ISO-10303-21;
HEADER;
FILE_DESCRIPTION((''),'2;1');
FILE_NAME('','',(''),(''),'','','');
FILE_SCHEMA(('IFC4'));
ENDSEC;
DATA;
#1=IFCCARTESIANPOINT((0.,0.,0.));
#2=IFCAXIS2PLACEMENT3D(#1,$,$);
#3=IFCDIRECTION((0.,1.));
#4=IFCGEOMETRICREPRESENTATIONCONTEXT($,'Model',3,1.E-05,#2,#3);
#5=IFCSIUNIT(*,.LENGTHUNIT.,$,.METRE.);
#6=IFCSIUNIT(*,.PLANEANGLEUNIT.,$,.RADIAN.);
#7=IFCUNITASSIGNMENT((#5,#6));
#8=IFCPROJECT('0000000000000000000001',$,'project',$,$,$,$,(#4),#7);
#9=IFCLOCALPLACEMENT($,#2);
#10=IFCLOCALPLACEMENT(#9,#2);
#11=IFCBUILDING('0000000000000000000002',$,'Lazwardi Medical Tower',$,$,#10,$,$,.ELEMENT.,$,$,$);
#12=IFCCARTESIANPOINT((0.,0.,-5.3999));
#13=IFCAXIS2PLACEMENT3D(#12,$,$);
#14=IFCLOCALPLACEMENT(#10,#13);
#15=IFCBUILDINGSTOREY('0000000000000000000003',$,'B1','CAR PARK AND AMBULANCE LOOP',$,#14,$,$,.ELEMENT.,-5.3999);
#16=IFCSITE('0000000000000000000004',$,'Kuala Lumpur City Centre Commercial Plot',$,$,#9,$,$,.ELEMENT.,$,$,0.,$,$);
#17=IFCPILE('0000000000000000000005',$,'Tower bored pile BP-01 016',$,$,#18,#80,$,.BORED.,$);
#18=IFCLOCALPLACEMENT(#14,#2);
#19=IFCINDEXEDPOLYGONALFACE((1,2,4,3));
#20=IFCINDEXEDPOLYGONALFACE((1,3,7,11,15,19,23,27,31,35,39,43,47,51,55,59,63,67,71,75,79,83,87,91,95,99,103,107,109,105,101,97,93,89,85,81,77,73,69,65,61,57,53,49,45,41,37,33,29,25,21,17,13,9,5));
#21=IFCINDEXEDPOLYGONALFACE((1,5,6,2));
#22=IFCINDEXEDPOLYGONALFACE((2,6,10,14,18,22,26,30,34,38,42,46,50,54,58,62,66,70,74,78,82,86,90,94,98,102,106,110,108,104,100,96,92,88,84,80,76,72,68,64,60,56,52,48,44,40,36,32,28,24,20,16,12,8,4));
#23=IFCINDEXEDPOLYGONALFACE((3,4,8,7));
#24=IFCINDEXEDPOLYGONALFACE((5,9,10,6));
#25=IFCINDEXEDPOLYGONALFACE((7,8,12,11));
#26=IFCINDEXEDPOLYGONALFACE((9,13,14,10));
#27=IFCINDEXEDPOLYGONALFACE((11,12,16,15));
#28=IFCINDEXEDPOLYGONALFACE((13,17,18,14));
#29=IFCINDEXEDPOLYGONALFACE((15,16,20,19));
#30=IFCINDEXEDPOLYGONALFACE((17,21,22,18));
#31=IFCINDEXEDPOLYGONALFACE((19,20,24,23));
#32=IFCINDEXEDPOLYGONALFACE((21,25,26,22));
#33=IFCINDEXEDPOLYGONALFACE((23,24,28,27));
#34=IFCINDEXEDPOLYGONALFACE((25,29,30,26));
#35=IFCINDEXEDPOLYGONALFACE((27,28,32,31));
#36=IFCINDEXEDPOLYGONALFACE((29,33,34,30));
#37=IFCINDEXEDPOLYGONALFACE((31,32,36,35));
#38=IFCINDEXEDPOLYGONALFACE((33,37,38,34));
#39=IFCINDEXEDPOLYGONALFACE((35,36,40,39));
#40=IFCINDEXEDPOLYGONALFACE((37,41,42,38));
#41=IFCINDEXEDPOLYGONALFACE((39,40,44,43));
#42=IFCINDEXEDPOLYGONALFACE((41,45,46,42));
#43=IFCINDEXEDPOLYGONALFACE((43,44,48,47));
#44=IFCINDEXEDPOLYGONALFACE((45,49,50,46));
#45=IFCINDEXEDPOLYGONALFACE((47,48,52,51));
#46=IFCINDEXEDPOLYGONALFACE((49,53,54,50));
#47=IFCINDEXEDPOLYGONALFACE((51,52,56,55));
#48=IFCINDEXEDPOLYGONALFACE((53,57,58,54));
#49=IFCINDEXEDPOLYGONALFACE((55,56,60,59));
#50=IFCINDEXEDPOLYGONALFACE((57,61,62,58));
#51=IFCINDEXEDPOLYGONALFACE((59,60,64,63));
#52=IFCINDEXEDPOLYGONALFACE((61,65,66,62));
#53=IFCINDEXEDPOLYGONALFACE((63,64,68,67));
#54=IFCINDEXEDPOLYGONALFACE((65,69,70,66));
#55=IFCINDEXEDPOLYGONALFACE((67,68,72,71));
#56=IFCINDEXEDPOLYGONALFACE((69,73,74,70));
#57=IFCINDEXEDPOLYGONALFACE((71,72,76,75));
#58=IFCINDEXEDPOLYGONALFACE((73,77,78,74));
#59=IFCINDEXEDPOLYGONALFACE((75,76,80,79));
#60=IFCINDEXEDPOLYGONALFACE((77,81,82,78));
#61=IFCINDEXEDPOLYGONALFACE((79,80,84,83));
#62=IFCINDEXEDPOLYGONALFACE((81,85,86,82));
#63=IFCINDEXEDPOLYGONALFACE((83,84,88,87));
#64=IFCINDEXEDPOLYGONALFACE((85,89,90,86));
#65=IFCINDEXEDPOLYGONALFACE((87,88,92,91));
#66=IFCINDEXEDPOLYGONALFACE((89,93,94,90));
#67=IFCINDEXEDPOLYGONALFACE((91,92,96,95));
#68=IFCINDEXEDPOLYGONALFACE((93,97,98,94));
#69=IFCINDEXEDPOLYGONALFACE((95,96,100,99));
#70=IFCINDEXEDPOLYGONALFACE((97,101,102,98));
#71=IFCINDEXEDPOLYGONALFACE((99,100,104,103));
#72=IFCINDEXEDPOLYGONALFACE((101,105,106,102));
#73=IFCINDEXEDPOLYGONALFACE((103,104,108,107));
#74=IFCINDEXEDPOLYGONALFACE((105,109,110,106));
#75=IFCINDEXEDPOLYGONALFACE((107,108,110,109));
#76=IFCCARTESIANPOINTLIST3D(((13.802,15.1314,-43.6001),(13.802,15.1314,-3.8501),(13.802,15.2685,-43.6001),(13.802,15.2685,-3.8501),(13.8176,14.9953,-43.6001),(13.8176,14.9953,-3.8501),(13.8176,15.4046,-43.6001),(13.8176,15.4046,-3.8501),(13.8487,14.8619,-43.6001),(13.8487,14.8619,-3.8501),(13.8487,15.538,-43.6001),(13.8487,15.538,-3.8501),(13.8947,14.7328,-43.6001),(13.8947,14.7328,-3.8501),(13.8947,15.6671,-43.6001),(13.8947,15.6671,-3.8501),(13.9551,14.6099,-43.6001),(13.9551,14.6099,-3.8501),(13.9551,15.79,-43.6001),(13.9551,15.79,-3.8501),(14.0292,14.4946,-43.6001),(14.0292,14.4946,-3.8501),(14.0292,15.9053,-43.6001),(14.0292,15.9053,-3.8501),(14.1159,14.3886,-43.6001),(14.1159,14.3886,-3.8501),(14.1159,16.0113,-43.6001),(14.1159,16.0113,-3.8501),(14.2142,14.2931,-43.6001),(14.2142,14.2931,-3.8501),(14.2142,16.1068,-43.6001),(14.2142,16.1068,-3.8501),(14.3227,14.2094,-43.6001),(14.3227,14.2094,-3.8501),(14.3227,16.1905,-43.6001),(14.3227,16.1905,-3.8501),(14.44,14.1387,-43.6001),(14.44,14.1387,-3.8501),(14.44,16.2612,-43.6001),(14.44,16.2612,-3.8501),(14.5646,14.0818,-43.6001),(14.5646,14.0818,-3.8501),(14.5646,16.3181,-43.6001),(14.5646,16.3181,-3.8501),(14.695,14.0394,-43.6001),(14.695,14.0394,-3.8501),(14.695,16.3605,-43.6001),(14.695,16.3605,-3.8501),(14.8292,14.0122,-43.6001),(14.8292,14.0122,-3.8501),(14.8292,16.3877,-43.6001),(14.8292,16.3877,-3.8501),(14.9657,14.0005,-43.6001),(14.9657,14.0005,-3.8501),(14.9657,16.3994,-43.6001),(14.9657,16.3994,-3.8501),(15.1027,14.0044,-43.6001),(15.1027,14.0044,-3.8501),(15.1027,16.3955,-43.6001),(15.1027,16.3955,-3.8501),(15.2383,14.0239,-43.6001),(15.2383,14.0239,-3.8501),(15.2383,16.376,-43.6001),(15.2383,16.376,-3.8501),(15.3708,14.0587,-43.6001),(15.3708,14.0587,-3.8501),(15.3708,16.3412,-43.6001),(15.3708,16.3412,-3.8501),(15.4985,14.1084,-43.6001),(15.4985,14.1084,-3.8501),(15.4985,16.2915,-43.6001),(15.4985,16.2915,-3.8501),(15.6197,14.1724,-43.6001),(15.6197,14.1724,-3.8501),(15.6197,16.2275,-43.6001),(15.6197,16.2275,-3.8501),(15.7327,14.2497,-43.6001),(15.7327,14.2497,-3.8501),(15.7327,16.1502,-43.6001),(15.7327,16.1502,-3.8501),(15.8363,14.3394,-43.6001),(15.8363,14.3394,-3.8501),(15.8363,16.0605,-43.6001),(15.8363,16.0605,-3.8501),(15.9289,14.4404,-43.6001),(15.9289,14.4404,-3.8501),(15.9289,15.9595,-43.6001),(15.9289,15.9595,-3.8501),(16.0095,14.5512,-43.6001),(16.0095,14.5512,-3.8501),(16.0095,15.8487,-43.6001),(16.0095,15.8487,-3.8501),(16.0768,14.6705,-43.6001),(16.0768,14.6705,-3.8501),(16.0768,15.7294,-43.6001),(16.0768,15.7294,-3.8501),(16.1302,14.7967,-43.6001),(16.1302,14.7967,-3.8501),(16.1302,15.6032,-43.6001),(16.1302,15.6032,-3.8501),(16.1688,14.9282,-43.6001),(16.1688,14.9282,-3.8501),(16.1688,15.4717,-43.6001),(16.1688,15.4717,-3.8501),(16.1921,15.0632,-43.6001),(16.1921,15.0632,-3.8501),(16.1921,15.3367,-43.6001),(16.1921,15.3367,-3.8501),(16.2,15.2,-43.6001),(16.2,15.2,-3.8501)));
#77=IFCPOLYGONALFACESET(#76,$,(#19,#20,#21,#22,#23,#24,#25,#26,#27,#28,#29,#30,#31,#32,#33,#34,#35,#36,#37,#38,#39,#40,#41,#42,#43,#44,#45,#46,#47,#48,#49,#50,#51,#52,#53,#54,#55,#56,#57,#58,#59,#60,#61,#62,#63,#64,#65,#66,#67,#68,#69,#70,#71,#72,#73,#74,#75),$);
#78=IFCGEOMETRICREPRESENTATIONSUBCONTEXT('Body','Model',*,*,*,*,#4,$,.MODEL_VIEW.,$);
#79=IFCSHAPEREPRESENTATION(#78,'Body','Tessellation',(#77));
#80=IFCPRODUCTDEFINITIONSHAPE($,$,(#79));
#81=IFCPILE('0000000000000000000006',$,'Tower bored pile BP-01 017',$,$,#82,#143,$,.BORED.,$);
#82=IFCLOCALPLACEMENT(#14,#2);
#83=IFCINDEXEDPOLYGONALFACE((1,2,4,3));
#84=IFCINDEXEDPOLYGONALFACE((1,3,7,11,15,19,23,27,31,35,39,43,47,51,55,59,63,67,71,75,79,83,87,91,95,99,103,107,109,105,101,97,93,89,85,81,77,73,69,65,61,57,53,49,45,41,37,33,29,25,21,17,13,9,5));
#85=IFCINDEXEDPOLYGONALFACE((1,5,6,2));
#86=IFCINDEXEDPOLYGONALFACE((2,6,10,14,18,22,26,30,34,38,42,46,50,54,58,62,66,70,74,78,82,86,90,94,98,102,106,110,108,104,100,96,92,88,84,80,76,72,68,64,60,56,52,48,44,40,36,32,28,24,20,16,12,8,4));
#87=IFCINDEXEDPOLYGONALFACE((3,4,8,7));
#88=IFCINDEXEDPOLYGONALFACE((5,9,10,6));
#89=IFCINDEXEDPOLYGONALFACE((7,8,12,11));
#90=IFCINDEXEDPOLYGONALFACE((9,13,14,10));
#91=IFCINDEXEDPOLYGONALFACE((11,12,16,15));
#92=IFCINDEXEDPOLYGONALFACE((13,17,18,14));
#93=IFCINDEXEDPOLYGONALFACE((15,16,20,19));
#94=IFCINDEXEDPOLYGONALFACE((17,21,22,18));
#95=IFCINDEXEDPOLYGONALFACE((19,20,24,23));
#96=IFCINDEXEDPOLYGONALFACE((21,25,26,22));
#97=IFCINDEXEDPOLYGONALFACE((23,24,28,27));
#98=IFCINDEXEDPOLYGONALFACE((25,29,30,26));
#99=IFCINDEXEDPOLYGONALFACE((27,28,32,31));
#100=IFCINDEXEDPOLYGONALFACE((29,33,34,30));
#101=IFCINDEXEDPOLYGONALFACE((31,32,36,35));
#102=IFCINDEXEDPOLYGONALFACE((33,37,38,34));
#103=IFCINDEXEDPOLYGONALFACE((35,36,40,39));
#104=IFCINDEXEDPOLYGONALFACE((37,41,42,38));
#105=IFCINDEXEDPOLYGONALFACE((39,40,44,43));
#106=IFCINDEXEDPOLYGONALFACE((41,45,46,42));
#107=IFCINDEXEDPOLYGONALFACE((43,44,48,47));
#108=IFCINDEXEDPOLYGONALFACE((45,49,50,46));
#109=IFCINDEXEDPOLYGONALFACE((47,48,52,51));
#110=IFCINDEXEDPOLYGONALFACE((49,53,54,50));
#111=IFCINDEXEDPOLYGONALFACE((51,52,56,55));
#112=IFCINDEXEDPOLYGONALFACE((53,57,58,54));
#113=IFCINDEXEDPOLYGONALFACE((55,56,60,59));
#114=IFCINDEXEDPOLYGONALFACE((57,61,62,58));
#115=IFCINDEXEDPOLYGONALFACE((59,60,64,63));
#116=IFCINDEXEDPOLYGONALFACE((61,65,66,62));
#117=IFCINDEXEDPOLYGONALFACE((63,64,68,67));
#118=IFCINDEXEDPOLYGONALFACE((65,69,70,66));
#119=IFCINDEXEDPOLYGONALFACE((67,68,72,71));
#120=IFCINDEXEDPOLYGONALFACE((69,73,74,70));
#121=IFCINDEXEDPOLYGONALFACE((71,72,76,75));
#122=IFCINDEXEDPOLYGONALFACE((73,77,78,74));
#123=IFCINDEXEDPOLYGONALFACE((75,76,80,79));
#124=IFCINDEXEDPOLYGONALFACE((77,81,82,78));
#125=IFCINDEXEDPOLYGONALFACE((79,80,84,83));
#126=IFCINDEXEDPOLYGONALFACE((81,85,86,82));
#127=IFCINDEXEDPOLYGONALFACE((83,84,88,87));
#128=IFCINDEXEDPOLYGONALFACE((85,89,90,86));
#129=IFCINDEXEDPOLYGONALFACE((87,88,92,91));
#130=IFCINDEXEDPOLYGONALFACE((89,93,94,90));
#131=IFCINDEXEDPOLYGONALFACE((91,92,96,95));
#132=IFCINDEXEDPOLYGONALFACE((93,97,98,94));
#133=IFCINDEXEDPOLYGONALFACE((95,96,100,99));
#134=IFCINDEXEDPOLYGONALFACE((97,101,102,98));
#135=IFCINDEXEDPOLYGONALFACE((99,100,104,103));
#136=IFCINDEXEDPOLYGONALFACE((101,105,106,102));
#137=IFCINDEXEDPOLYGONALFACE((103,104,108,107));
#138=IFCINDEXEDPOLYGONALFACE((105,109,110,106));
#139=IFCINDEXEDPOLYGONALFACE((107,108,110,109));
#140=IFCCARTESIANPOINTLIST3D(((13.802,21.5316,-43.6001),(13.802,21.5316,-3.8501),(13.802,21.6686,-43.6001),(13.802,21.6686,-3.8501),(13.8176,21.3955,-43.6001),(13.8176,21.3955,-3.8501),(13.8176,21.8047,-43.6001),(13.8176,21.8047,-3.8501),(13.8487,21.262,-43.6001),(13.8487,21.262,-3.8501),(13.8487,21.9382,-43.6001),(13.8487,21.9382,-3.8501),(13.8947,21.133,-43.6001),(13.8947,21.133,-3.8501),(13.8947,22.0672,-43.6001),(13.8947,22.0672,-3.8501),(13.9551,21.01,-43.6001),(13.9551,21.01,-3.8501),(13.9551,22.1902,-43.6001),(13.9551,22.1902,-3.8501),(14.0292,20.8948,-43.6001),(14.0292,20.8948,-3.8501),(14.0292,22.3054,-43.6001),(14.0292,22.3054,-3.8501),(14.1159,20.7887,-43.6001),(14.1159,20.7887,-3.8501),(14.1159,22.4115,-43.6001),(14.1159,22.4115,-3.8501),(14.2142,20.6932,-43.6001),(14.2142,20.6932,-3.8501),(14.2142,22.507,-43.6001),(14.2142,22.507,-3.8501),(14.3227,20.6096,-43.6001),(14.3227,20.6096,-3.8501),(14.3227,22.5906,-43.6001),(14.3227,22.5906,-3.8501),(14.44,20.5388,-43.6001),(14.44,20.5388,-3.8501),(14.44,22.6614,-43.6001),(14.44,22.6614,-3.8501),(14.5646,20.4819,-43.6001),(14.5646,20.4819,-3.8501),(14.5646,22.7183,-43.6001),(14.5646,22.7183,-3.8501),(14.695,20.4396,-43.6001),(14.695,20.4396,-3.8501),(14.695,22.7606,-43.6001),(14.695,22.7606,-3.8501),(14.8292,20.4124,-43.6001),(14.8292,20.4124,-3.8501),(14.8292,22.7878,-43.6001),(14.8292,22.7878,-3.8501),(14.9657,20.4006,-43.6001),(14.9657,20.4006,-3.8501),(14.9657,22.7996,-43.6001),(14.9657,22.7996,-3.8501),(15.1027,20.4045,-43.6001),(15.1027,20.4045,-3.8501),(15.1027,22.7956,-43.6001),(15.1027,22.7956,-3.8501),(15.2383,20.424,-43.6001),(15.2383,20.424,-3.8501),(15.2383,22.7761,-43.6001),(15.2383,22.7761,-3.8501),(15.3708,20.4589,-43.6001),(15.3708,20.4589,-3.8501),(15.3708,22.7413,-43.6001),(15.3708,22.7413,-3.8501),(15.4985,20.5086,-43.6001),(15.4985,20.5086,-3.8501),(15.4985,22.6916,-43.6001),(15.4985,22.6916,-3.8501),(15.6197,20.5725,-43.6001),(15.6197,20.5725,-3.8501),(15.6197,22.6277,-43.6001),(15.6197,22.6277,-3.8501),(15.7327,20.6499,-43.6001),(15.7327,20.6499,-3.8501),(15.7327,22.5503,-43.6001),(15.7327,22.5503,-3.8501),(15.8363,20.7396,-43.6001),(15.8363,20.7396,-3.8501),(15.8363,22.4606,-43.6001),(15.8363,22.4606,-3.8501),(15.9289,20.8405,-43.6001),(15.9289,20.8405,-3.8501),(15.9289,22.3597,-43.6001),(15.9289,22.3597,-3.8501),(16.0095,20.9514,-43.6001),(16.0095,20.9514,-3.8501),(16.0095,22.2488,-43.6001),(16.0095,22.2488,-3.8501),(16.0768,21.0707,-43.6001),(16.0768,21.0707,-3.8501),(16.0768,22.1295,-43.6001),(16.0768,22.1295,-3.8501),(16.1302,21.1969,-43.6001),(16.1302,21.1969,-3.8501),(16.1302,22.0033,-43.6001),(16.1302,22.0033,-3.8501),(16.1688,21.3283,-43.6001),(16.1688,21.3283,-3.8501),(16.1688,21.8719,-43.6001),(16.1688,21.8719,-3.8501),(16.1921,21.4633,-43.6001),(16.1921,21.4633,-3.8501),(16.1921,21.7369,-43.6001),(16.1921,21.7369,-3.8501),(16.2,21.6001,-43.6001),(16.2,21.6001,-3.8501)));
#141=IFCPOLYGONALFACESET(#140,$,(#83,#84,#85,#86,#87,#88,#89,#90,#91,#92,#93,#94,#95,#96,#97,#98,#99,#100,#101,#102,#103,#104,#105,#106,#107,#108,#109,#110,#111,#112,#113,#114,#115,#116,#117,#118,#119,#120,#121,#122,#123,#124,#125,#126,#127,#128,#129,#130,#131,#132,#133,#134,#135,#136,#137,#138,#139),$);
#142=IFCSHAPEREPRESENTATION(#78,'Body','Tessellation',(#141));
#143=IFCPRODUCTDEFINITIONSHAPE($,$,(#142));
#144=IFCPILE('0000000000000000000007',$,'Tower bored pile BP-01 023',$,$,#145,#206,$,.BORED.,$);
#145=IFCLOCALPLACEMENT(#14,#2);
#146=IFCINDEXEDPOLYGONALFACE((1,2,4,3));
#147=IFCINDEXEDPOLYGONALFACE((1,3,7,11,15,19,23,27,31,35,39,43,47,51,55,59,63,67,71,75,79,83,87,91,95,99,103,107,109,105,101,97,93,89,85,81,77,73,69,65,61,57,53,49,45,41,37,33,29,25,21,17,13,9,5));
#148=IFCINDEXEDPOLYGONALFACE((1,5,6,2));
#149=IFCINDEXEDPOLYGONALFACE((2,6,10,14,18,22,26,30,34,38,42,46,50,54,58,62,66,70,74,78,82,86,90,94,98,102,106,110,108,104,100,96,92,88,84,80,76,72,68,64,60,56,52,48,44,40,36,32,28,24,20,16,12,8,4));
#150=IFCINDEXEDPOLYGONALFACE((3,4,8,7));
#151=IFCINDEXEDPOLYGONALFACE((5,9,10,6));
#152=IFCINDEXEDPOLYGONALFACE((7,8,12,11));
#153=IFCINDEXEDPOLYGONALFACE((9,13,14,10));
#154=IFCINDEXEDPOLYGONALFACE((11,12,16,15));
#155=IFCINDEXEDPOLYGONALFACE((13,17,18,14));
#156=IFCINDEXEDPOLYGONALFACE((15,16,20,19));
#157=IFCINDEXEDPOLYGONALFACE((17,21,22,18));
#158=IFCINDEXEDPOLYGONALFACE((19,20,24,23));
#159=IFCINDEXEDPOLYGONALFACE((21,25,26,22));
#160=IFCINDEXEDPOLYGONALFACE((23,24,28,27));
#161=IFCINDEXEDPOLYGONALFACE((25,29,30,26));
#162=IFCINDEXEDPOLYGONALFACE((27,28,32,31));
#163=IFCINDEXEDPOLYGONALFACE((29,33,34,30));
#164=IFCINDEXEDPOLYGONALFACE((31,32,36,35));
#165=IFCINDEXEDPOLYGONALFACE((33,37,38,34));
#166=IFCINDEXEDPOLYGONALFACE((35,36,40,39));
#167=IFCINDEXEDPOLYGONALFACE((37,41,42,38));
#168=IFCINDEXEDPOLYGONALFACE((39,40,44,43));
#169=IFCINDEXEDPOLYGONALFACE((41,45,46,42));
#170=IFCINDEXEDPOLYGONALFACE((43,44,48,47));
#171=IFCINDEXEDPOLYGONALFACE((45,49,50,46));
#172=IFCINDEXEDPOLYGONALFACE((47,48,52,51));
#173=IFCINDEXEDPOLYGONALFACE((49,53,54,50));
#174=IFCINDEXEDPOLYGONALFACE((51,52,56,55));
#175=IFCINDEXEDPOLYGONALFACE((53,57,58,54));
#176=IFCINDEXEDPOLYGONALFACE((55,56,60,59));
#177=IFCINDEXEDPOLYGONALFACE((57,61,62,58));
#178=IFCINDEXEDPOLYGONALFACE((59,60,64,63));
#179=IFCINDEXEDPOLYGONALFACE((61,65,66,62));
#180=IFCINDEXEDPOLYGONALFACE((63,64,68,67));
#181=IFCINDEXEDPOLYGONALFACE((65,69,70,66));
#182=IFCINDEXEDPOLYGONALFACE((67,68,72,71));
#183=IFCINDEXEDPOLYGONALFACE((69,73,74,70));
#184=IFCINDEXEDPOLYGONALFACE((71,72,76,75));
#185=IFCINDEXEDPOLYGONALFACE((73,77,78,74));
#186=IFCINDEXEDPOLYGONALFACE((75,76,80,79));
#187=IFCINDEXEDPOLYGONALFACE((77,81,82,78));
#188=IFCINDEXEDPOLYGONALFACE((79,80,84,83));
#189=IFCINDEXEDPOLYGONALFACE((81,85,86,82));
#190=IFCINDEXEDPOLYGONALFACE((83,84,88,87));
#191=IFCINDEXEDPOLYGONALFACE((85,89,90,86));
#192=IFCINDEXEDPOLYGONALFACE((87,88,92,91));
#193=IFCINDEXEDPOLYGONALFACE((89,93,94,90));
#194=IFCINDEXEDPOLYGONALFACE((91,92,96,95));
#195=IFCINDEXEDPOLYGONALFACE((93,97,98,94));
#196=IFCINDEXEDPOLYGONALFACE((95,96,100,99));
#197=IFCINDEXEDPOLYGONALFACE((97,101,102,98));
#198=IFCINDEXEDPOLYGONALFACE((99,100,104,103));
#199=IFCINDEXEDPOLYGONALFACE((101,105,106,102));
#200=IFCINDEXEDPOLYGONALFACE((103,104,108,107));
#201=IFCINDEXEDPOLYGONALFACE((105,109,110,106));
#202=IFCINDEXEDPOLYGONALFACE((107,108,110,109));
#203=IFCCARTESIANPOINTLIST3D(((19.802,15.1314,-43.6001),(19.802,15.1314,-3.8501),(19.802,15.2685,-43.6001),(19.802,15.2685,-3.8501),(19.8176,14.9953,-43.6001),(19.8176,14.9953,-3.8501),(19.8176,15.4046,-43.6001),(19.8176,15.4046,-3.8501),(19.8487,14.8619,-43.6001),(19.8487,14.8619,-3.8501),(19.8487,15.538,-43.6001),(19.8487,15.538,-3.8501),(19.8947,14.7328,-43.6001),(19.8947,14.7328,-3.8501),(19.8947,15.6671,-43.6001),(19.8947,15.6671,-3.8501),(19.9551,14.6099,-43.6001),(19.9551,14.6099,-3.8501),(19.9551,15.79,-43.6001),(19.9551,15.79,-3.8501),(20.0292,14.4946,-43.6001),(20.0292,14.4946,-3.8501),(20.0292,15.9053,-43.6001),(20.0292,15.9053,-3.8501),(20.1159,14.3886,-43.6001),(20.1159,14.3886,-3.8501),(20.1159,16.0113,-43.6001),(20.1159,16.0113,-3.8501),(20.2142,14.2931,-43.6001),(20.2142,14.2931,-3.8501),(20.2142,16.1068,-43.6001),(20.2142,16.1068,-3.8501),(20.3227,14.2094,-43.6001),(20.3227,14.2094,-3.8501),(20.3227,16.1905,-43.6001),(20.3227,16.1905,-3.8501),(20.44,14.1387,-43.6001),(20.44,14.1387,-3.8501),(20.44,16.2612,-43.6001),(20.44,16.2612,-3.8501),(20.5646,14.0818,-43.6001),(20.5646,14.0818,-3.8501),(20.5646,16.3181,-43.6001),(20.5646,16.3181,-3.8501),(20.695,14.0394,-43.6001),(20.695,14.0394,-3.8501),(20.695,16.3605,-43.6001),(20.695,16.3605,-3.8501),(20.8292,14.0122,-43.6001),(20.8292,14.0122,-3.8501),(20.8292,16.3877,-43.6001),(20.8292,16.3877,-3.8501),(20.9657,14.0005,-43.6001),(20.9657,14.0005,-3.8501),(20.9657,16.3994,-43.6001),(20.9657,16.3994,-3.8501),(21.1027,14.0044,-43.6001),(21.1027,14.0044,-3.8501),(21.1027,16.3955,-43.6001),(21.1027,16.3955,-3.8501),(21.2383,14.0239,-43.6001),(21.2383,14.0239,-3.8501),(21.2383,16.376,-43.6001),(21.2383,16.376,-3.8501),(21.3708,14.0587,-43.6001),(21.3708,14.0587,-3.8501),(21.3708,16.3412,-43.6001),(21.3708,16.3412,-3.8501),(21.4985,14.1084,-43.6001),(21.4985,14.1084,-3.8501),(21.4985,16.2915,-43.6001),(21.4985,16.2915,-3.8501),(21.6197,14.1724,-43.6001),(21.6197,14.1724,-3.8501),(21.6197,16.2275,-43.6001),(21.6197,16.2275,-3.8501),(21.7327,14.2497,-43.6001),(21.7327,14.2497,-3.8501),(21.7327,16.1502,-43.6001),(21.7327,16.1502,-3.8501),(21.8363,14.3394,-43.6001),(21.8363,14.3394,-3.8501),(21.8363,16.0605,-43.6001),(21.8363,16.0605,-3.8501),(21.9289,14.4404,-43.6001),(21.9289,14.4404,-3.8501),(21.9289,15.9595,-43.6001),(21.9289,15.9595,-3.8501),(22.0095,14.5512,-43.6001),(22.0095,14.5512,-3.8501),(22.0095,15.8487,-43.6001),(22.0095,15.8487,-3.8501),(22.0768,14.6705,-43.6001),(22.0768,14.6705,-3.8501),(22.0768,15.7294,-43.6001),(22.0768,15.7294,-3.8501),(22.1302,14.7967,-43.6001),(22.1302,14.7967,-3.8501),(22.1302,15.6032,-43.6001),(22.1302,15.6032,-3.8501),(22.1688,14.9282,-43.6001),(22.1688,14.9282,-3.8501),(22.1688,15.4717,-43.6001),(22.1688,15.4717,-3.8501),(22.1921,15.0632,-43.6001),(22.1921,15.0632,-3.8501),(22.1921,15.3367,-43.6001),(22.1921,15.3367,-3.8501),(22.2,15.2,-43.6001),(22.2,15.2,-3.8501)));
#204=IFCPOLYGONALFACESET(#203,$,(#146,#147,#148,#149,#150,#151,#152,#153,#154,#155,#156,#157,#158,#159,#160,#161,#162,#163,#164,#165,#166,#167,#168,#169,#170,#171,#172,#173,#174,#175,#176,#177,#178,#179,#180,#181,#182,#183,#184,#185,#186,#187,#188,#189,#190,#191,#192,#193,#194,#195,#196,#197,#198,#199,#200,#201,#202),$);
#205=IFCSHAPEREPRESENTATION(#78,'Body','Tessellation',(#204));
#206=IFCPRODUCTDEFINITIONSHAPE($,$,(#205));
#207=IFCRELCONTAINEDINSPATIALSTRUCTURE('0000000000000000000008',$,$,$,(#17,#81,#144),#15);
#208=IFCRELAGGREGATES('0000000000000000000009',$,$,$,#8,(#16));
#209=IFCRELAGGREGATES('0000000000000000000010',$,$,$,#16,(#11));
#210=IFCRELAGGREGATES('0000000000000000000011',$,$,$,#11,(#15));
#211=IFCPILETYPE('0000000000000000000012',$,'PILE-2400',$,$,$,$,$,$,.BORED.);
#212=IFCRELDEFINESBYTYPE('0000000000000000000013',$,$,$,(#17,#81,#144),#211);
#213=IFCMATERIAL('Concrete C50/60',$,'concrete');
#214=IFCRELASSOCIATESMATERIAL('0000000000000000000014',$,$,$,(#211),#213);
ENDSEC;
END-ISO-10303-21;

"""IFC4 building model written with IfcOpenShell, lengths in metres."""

from ifc_helpers import new_model, si_unit, direction, frame, origin, origin_2d, place, context, subcontext, project, spatial, circle, extrude, material, material_profile, profile_set, type_object, element, save


model = new_model("IFC4")

# Units and contexts
model_context = context("Model", 3, precision=1e-05, world=origin(), true_north=direction((0.0, 1.0)))
body_context = subcontext(model_context, "Body", "Model", "MODEL_VIEW")
ifc_project = project(units=[si_unit("LENGTHUNIT", "METRE"), si_unit("PLANEANGLEUNIT", "RADIAN")], contexts=[model_context])

# Site, building, storey
site_placement = place(None, origin())
site = spatial("IfcSite", under=ifc_project, at=site_placement, Name="Kuala Lumpur City Centre Commercial Plot", CompositionType="ELEMENT", RefElevation=0.0)
building_placement = place(site_placement, origin())
building = spatial("IfcBuilding", under=site, at=building_placement, Name="Lazwardi Medical Tower", CompositionType="ELEMENT")
storey_placement = place(building_placement, frame((0.0, 0.0, -5.3999)))
storey = spatial("IfcBuildingStorey", under=building, at=storey_placement, Name="B1", Description="CAR PARK AND AMBULANCE LOOP", CompositionType="ELEMENT", Elevation=-5.3999)

# Piles
ifc_material_1 = material(Name="Concrete C50/60", Category="concrete")
ifc_material_profile_1 = material_profile(ifc_material_1, circle(Radius=1.2, at=origin_2d()), Name="BORED PILE D2400")
ifc_profile_set_1 = profile_set([ifc_material_profile_1], Name="Concrete C50/60")
pile_type = type_object("IfcPileType", Name="PILE-2400", PredefinedType="BORED", material=ifc_profile_set_1)
for number, where, z_axis, x_axis, name in (
    (1, (15.0, 15.2, -3.8501), (0.0, 0.0, -1.0), (1.0, 0.0, 0.0), "Tower bored pile BP-01 016"),
    (2, (15.0, 21.6001, -3.8501), (0.0, 0.0, -1.0), (1.0, 0.0, 0.0), "Tower bored pile BP-01 017"),
    (3, (21.0, 15.2, -3.8501), (0.0, 0.0, -1.0), (1.0, 0.0, 0.0), "Tower bored pile BP-01 023"),
):
    element("IfcPile", number, at=place(storey_placement, frame(where, z_axis=z_axis, x_axis=x_axis)), inside=storey, type_object=pile_type, Name=name, PredefinedType="BORED", context=body_context, shape_type="SweptSolid", body=[
        extrude(circle(Radius=1.2, at=origin_2d()), origin(), (0.0, 0.0, 1.0), 39.75),
    ])

save(model, "model.ifc")
